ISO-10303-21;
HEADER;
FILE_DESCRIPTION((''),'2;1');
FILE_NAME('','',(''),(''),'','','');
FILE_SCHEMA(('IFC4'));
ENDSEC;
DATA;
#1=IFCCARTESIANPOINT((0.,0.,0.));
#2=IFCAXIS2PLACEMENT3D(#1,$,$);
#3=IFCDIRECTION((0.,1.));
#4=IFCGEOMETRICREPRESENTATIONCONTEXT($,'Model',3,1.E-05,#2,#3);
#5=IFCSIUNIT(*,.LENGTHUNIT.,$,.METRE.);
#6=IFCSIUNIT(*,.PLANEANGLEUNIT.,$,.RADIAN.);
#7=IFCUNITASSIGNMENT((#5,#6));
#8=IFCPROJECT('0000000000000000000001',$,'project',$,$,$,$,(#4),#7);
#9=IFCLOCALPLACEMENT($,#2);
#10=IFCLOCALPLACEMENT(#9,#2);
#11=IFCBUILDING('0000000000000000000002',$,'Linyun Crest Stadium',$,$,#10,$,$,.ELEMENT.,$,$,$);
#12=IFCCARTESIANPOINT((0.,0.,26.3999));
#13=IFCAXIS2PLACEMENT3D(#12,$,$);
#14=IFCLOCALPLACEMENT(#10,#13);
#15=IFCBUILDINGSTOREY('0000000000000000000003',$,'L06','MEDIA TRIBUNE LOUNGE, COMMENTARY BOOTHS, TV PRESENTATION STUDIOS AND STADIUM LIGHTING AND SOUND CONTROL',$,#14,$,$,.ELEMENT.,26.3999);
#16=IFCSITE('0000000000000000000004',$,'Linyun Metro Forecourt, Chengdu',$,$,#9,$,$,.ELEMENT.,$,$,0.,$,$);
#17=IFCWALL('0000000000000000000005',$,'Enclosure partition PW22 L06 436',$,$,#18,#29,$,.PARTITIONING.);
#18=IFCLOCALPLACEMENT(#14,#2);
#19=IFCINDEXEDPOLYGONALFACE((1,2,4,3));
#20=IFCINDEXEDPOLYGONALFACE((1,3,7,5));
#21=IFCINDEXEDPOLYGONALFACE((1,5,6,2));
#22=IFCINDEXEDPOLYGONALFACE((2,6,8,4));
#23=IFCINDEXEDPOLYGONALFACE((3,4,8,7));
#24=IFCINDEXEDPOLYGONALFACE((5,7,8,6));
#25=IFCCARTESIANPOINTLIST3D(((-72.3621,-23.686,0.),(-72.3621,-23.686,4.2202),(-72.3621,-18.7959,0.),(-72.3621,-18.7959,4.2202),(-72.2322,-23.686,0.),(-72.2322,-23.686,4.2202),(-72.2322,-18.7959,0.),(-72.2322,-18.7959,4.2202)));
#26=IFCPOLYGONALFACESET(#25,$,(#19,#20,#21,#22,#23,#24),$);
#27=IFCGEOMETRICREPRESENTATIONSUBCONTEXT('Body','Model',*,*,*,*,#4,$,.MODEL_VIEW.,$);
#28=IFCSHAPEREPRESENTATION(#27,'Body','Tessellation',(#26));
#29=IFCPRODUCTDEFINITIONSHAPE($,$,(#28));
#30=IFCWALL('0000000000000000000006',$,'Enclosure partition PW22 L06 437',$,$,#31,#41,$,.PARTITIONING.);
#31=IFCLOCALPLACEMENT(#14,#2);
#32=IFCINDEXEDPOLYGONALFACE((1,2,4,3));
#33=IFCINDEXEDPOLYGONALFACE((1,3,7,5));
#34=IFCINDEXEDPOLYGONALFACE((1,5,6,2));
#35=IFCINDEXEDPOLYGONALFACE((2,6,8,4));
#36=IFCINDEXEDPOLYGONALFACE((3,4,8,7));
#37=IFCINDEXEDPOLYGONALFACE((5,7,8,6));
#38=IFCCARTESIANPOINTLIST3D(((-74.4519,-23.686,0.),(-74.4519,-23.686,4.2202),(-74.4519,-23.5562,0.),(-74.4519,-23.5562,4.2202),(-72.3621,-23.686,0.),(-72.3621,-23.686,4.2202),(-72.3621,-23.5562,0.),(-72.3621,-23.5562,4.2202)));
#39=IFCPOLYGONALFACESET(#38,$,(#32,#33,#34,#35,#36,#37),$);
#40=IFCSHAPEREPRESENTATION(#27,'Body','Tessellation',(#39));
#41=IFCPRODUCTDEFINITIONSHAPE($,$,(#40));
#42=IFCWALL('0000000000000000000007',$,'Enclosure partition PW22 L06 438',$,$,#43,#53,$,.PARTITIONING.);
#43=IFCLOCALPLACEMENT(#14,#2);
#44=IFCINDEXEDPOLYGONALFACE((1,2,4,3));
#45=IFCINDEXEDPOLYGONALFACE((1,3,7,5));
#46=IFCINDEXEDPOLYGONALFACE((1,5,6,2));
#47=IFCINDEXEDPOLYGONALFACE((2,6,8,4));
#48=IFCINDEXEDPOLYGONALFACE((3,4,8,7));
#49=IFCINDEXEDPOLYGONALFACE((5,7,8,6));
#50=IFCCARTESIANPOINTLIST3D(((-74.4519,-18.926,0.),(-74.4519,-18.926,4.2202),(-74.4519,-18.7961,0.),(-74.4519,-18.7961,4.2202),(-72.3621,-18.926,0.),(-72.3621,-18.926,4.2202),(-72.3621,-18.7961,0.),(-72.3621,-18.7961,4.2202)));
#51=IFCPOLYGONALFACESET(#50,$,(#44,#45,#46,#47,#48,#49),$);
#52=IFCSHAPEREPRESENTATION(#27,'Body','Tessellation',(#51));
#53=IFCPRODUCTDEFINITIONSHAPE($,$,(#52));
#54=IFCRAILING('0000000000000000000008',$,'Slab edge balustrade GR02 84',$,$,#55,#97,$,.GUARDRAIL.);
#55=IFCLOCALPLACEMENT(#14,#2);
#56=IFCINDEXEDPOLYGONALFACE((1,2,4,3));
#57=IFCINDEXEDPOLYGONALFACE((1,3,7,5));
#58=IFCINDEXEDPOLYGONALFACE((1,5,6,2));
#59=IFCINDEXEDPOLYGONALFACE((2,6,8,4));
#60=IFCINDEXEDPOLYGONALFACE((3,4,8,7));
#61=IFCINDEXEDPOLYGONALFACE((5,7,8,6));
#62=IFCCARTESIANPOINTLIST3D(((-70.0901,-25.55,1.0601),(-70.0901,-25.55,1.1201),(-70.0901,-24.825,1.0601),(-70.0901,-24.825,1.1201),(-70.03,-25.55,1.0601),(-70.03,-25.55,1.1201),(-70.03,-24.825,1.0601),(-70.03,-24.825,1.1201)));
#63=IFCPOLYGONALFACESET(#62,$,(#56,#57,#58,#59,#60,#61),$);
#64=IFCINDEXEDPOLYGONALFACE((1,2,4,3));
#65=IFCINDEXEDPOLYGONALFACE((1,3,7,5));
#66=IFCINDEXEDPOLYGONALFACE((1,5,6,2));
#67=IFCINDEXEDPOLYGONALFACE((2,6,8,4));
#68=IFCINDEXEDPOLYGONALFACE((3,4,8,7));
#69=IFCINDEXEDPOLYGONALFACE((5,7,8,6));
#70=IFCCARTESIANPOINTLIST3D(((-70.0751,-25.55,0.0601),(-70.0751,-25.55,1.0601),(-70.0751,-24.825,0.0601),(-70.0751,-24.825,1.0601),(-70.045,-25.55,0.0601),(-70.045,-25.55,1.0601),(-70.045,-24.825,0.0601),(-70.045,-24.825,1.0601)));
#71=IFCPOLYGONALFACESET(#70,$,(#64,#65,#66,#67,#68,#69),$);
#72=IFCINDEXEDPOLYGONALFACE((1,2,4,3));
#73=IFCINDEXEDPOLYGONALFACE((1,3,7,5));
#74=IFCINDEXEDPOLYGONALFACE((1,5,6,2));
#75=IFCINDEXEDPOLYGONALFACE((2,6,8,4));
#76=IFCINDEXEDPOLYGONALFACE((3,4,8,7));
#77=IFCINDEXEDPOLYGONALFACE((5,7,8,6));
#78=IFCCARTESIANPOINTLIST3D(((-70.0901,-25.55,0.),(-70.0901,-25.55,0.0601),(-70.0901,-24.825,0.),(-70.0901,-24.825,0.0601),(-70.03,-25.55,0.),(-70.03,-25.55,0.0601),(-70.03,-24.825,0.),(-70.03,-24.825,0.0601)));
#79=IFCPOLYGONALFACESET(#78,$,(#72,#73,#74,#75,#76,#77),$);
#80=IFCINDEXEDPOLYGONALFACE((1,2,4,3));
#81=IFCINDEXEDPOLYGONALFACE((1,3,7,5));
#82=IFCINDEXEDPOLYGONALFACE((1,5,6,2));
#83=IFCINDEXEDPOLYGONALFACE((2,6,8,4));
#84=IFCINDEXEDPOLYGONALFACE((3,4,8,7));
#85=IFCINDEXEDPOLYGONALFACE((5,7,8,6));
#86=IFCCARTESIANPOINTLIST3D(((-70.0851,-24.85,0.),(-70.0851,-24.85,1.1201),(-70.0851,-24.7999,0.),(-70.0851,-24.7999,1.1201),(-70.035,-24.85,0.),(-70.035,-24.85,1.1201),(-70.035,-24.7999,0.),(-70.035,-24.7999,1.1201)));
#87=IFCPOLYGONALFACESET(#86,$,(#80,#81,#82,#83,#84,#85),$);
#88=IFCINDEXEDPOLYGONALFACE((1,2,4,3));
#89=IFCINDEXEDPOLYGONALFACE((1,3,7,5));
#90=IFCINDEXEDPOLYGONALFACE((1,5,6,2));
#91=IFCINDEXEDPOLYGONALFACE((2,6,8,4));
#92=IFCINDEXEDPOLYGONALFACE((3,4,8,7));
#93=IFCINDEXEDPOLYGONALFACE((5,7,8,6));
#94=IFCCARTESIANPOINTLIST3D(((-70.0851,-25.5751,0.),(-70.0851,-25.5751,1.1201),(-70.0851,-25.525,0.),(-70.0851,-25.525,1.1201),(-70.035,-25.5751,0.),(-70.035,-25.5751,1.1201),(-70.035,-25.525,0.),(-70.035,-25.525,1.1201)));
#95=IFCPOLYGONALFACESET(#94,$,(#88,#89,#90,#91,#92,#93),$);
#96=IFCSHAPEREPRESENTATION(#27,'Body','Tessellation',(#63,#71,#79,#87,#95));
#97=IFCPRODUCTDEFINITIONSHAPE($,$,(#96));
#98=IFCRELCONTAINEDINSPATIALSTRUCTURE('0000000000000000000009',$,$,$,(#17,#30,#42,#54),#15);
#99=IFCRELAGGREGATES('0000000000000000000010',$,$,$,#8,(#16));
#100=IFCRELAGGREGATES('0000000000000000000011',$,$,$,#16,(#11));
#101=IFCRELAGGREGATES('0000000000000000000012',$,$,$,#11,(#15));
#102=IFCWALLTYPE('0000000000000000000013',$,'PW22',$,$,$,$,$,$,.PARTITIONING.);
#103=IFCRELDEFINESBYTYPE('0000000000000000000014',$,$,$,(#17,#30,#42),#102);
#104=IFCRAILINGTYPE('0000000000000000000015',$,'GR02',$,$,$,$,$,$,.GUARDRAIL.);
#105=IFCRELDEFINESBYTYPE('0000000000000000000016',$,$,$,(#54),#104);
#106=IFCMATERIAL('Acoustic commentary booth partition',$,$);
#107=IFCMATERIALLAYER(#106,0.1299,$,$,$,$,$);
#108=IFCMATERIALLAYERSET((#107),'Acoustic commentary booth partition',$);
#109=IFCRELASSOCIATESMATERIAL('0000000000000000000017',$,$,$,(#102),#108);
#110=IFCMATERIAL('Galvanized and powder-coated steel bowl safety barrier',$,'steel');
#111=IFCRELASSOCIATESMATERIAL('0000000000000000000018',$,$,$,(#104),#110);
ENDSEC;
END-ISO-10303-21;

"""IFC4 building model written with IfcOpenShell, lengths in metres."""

from ifc_helpers import new_model, si_unit, direction, frame, frame_2d, origin, origin_2d, place, context, subcontext, project, spatial, rectangle, extrude, material, layer, layer_set, type_object, element, save


model = new_model("IFC4")

# Units and contexts
model_context = context("Model", 3, precision=1e-05, world=origin(), true_north=direction((0.0, 1.0)))
body_context = subcontext(model_context, "Body", "Model", "MODEL_VIEW")
ifc_project = project(units=[si_unit("LENGTHUNIT", "METRE"), si_unit("PLANEANGLEUNIT", "RADIAN")], contexts=[model_context])

# Site, building, storey
site_placement = place(None, origin())
site = spatial("IfcSite", under=ifc_project, at=site_placement, Name="Linyun Metro Forecourt, Chengdu", CompositionType="ELEMENT", RefElevation=0.0)
building_placement = place(site_placement, origin())
building = spatial("IfcBuilding", under=site, at=building_placement, Name="Linyun Crest Stadium", CompositionType="ELEMENT")
storey_placement = place(building_placement, frame((0.0, 0.0, 26.3999)))
storey = spatial("IfcBuildingStorey", under=building, at=storey_placement, Name="L06", Description="MEDIA TRIBUNE LOUNGE, COMMENTARY BOOTHS, TV PRESENTATION STUDIOS AND STADIUM LIGHTING AND SOUND CONTROL", CompositionType="ELEMENT", Elevation=26.3999)

# Shared definitions
ifc_material_1 = material(Name="Acoustic commentary booth partition")
ifc_layer_1 = layer(ifc_material_1, 0.1299)
ifc_layer_set_1 = layer_set([ifc_layer_1], Name="Acoustic commentary booth partition")
wall_type_1 = type_object("IfcWallType", Name="PW22", PredefinedType="PARTITIONING", material=ifc_layer_set_1)

# Walls
wall_1_placement = place(storey_placement, frame((-72.2971, -23.686, 0.0), z_axis=(0.0, 0.0, 1.0), x_axis=(0.0, 1.0, 0.0)))
element("IfcWall", 1, at=wall_1_placement, inside=storey, type_object=wall_type_1, Name="Enclosure partition PW22 L06 436", PredefinedType="PARTITIONING", context=body_context, shape_type="SweptSolid", body=[
    extrude(rectangle(XDim=4.8901, YDim=0.1299, at=frame_2d((2.4451, 0.0))), origin(), (0.0, 0.0, 1.0), 4.2202),
])
for number, where, z_axis, x_axis, name in (
    (2, (-74.4519, -23.6211, 0.0), (0.0, 0.0, 1.0), (1.0, 0.0, 0.0), "Enclosure partition PW22 L06 437"),
    (3, (-74.4519, -18.8611, 0.0), (0.0, 0.0, 1.0), (1.0, 0.0, 0.0), "Enclosure partition PW22 L06 438"),
):
    element("IfcWall", number, at=place(storey_placement, frame(where, z_axis=z_axis, x_axis=x_axis)), inside=storey, type_object=wall_type_1, Name=name, PredefinedType="PARTITIONING", context=body_context, shape_type="SweptSolid", body=[
        extrude(rectangle(XDim=2.0898, YDim=0.1299, at=frame_2d((1.0449, 0.0))), origin(), (0.0, 0.0, 1.0), 4.2202),
    ])

# Railing
ifc_material_2 = material(Name="Galvanized and powder-coated steel bowl safety barrier", Category="steel")
railing_type = type_object("IfcRailingType", Name="GR02", PredefinedType="GUARDRAIL", material=ifc_material_2)
railing_placement = place(storey_placement, frame((-70.0601, -24.825, 0.0)))
element("IfcRailing", 4, at=railing_placement, inside=storey, type_object=railing_type, Name="Slab edge balustrade GR02 84", PredefinedType="GUARDRAIL", context=body_context, shape_type="SweptSolid", body=[
    extrude(rectangle(XDim=0.0601, YDim=0.0601, at=origin_2d()), frame((0.0, 0.0, 1.0901), z_axis=(0.0, -1.0, 0.0), x_axis=(1.0, 0.0, 0.0)), (0.0, 0.0, 1.0), 0.7251),
    extrude(rectangle(XDim=0.03, YDim=1.0, at=origin_2d()), frame((0.0, 0.0, 0.5601), z_axis=(0.0, -1.0, 0.0), x_axis=(1.0, 0.0, 0.0)), (0.0, 0.0, 1.0), 0.7251),
    extrude(rectangle(XDim=0.0601, YDim=0.0601, at=origin_2d()), frame((0.0, 0.0, 0.03), z_axis=(0.0, -1.0, 0.0), x_axis=(1.0, 0.0, 0.0)), (0.0, 0.0, 1.0), 0.7251),
    extrude(rectangle(XDim=0.05, YDim=0.05, at=origin_2d()), origin(), (0.0, 0.0, 1.0), 1.1201),
    extrude(rectangle(XDim=0.05, YDim=0.05, at=origin_2d()), frame((0.0, -0.7251, 0.0)), (0.0, 0.0, 1.0), 1.1201),
])

save(model, "model.ifc")
